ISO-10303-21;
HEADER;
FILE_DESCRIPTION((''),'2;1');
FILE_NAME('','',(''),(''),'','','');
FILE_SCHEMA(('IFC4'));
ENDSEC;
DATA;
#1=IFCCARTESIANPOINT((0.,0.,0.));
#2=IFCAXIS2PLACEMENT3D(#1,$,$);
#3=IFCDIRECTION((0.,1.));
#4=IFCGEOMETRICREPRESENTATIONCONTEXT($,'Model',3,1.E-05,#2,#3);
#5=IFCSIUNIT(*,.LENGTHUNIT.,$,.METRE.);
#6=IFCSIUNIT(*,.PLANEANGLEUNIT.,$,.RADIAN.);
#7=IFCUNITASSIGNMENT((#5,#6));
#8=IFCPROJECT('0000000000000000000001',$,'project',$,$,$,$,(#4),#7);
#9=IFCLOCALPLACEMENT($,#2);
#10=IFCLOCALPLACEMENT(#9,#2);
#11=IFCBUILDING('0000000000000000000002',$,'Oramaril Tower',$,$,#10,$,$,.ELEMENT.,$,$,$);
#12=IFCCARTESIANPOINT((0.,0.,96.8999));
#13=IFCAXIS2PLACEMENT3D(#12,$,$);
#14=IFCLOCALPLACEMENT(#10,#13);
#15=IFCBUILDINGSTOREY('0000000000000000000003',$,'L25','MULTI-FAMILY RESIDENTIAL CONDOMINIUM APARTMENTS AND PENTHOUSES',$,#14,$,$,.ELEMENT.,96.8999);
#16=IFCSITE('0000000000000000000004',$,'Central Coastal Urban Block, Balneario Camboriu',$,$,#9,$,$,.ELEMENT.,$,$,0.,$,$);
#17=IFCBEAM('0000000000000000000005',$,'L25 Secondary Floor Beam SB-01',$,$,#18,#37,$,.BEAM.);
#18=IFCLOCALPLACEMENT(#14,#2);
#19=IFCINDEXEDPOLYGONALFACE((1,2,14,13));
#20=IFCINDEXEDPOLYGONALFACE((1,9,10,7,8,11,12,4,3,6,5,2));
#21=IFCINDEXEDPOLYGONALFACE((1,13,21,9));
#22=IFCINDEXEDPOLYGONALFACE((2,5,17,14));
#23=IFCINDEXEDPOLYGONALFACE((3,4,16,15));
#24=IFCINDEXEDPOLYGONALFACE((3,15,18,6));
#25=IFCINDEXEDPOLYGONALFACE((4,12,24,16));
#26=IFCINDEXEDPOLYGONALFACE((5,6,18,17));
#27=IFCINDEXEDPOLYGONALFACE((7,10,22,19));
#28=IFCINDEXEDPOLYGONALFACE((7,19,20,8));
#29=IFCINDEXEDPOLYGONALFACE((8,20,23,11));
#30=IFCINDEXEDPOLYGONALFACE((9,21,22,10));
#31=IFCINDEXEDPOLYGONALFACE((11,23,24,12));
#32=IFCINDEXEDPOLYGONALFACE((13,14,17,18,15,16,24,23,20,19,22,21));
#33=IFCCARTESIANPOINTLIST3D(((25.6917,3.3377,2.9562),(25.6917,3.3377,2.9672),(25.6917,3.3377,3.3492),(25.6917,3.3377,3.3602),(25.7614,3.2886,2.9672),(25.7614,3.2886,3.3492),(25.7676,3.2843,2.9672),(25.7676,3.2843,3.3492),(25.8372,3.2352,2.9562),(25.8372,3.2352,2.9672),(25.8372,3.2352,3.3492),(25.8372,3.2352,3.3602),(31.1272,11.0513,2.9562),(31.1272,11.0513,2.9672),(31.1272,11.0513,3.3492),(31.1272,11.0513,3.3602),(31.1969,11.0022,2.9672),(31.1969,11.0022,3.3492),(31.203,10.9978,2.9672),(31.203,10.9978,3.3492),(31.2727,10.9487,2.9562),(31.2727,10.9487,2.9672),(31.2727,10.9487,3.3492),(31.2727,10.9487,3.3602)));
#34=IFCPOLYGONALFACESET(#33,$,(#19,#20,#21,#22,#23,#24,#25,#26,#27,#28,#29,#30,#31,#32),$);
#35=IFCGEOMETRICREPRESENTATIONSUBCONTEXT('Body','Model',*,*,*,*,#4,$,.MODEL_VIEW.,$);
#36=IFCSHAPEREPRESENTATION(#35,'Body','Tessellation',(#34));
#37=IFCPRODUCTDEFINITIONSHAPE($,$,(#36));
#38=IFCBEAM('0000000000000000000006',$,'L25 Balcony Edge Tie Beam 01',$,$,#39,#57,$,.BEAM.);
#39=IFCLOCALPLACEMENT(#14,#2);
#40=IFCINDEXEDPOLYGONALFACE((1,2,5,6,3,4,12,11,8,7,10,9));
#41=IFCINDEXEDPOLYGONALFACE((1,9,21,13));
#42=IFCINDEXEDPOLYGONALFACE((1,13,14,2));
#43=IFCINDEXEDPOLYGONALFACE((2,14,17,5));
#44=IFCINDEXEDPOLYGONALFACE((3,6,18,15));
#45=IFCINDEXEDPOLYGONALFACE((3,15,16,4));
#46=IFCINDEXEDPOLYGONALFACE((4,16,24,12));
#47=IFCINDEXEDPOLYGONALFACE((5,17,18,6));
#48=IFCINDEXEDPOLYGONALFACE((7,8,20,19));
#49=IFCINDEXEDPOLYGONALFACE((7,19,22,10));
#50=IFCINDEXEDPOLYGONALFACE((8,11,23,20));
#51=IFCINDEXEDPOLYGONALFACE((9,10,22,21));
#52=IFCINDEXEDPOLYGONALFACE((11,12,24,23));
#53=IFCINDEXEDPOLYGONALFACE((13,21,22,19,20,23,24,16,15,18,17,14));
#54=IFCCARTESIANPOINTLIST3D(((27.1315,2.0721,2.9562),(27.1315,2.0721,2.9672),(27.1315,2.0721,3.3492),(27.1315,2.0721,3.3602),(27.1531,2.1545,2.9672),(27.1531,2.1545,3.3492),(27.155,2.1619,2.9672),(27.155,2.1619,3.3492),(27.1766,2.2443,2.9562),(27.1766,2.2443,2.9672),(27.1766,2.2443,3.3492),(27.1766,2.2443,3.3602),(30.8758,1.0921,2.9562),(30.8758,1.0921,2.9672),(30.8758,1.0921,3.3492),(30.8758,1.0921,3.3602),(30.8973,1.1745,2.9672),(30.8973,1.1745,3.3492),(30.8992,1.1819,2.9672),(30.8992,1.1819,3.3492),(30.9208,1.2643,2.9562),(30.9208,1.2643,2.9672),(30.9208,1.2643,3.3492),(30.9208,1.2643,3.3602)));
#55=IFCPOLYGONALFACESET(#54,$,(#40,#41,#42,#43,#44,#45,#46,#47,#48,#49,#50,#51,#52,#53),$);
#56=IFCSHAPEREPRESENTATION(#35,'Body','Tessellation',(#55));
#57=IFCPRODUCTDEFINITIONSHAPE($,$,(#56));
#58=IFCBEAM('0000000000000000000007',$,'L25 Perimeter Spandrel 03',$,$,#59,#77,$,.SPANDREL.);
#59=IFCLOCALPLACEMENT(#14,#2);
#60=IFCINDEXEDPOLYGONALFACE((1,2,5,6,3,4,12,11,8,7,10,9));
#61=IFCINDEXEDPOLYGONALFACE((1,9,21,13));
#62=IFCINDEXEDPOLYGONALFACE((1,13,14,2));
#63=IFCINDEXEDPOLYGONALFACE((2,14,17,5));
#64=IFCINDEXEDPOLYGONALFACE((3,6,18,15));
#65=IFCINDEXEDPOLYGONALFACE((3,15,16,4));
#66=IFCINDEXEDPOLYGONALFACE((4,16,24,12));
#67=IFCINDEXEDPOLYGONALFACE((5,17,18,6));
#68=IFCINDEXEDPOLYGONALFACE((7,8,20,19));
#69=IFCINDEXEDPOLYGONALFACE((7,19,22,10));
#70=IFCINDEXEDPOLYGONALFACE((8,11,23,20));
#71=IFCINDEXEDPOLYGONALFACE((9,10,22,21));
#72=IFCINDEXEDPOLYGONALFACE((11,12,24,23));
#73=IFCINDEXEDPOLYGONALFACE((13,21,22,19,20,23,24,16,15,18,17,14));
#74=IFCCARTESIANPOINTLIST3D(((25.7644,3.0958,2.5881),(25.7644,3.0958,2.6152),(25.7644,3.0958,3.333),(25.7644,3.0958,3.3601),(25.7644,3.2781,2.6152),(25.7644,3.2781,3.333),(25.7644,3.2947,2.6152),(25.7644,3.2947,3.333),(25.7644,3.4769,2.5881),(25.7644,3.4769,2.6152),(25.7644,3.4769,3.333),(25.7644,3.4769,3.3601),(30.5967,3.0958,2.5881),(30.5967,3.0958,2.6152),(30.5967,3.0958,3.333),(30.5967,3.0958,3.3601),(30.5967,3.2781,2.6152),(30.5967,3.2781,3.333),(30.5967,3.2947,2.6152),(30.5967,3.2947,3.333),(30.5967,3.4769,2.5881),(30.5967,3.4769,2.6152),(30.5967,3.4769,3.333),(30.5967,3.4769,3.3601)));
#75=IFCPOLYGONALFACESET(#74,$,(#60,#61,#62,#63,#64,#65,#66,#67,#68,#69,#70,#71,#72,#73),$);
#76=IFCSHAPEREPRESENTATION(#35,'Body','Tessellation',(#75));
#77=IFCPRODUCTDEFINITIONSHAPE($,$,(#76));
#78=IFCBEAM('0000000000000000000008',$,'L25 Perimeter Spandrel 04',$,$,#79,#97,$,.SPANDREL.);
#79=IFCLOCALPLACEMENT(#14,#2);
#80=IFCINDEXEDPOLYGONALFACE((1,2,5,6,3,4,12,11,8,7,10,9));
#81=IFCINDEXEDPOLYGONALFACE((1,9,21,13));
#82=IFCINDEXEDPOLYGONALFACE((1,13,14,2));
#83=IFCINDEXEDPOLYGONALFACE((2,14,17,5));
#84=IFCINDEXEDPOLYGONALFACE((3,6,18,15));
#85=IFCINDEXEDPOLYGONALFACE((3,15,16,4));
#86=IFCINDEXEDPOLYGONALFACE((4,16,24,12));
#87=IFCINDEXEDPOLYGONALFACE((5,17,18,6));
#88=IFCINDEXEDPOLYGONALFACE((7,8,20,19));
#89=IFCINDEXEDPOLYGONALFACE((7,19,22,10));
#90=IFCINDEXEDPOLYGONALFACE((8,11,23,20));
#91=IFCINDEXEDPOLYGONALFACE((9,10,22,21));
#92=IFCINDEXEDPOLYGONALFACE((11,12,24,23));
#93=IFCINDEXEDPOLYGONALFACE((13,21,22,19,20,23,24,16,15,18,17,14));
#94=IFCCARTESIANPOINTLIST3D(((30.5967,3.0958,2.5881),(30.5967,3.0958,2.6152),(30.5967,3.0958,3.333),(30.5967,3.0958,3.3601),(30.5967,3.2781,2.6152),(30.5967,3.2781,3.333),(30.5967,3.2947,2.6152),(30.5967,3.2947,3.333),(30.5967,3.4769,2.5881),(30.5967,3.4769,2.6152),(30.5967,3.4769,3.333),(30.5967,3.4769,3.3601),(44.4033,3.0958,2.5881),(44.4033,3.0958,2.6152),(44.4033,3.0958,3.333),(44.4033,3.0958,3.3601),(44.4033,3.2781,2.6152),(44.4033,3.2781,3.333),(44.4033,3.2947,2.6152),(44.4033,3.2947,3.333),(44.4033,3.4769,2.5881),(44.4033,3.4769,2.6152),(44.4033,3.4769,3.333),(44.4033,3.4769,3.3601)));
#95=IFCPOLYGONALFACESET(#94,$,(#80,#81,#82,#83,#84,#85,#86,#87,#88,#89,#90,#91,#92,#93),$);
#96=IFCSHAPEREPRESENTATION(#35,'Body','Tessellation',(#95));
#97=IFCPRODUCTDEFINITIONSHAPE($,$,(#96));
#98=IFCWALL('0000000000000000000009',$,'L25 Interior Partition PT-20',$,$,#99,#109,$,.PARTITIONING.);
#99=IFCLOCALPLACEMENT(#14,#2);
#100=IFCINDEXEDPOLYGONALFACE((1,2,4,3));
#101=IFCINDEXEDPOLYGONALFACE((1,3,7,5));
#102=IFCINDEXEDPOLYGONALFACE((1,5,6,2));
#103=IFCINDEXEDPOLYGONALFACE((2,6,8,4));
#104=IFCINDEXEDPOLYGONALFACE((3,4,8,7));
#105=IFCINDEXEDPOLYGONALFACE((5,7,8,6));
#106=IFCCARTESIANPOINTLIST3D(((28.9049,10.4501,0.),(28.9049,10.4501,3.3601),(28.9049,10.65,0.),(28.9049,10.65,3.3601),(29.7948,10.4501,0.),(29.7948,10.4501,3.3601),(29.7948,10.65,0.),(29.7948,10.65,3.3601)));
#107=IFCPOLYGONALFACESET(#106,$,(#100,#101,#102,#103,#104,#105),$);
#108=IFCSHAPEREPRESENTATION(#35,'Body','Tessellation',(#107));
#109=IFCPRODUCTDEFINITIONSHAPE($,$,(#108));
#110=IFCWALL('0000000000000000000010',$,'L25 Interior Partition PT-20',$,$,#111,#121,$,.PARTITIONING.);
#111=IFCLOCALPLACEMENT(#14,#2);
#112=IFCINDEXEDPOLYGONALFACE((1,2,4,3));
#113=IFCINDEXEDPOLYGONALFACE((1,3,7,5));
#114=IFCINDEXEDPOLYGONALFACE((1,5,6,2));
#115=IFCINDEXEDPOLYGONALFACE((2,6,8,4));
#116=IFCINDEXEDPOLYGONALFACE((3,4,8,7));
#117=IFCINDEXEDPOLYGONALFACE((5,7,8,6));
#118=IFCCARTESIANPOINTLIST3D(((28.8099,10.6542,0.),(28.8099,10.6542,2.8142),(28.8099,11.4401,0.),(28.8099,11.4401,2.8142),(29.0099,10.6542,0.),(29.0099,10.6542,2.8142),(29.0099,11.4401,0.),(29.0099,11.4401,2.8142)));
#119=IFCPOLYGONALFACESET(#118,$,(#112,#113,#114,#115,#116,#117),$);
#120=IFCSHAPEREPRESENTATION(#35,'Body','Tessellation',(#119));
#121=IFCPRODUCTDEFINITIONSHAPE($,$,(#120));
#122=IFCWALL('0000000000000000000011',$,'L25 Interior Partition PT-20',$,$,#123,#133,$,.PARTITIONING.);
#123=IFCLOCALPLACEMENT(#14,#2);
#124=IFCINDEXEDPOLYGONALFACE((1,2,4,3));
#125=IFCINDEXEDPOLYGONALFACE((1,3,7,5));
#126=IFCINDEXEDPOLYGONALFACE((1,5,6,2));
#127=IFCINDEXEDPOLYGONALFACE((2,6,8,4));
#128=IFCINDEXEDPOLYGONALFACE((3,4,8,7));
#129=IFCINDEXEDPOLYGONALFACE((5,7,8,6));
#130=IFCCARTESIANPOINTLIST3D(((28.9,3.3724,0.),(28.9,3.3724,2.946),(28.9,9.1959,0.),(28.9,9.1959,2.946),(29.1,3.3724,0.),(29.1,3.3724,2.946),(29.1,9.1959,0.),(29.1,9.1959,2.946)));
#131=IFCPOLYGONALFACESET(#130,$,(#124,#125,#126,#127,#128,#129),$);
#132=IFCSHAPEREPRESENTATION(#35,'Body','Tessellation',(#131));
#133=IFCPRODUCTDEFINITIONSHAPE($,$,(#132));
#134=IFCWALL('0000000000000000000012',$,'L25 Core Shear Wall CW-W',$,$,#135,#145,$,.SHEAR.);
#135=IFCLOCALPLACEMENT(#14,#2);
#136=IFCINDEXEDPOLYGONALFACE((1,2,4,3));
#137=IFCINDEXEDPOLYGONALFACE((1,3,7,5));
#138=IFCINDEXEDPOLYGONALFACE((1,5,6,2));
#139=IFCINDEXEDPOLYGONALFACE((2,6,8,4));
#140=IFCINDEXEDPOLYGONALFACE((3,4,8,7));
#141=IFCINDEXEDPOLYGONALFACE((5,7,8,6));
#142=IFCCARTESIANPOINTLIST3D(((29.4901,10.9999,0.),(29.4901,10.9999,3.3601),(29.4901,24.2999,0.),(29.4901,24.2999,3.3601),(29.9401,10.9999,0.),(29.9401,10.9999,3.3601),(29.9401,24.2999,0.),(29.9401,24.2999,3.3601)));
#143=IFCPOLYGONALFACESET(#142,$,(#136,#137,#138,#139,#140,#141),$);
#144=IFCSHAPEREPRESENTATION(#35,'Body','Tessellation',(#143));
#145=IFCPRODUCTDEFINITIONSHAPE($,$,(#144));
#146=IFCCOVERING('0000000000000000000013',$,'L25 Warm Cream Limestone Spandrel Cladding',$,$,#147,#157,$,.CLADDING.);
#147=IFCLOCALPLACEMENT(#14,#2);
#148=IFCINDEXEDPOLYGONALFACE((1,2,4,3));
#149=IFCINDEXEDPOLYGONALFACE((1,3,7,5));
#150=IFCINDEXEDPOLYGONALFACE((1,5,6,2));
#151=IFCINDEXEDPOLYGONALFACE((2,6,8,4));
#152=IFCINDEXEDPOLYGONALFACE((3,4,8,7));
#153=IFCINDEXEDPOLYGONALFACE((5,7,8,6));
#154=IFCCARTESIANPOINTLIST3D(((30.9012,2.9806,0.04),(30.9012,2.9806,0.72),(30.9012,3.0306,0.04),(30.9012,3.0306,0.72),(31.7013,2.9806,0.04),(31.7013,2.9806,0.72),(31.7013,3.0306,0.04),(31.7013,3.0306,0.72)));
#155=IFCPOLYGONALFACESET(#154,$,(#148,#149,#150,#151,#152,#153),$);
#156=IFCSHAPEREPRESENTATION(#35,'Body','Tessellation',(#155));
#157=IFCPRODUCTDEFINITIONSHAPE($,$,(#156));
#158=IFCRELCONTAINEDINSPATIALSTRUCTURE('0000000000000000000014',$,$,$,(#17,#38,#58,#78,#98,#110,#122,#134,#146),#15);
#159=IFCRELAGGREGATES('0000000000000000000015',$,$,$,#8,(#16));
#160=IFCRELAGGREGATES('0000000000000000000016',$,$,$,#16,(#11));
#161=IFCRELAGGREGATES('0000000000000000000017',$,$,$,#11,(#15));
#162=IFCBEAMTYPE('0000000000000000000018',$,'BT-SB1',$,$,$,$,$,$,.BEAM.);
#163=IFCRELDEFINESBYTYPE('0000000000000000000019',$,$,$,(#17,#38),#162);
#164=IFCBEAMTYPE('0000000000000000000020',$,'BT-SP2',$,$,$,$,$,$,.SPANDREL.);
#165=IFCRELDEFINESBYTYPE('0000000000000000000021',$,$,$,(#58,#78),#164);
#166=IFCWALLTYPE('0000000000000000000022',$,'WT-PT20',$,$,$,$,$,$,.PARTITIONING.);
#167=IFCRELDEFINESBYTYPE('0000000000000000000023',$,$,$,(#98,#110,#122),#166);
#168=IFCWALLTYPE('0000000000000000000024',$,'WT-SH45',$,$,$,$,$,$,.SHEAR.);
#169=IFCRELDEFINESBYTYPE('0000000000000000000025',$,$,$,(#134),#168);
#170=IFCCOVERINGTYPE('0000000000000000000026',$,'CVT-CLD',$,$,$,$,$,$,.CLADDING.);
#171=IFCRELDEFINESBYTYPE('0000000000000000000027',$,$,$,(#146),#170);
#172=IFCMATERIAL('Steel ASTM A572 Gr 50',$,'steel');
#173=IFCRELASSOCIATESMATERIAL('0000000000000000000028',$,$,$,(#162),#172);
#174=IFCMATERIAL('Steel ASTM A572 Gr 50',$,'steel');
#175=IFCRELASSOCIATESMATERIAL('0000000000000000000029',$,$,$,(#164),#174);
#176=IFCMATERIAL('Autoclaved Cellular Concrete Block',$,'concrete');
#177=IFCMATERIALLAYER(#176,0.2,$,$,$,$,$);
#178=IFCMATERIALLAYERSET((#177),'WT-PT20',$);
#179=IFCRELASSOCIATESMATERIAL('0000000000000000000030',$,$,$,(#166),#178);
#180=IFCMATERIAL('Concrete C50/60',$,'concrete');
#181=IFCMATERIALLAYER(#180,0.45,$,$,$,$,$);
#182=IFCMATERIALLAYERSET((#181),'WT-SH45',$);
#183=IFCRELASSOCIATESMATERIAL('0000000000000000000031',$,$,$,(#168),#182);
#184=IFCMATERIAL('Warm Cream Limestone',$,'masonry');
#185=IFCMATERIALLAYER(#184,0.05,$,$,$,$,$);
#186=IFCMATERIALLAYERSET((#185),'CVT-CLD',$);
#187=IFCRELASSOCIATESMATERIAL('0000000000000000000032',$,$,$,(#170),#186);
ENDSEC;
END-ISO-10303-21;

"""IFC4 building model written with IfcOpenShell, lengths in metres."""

from ifc_helpers import new_model, si_unit, direction, frame, frame_2d, origin, origin_2d, place, context, subcontext, project, spatial, rectangle, i_section, extrude, material, layer, layer_set, material_profile, profile_set, type_object, element, save


model = new_model("IFC4")

# Units and contexts
model_context = context("Model", 3, precision=1e-05, world=origin(), true_north=direction((0.0, 1.0)))
body_context = subcontext(model_context, "Body", "Model", "MODEL_VIEW")
ifc_project = project(units=[si_unit("LENGTHUNIT", "METRE"), si_unit("PLANEANGLEUNIT", "RADIAN")], contexts=[model_context])

# Site, building, storey
site_placement = place(None, origin())
site = spatial("IfcSite", under=ifc_project, at=site_placement, Name="Central Coastal Urban Block, Balneario Camboriu", CompositionType="ELEMENT", RefElevation=0.0)
building_placement = place(site_placement, origin())
building = spatial("IfcBuilding", under=site, at=building_placement, Name="Oramaril Tower", CompositionType="ELEMENT")
storey_placement = place(building_placement, frame((0.0, 0.0, 96.8999)))
storey = spatial("IfcBuildingStorey", under=building, at=storey_placement, Name="L25", Description="MULTI-FAMILY RESIDENTIAL CONDOMINIUM APARTMENTS AND PENTHOUSES", CompositionType="ELEMENT", Elevation=96.8999)

# Beams
ifc_material_1 = material(Name="Steel ASTM A572 Gr 50", Category="steel")
ifc_material_profile_1 = material_profile(ifc_material_1, i_section(OverallWidth=0.178, OverallDepth=0.4041, WebThickness=0.0076, FlangeThickness=0.011, at=origin_2d()), Name="W16X36")
ifc_profile_set_1 = profile_set([ifc_material_profile_1], Name="Steel ASTM A572 Gr 50")
beam_type_1 = type_object("IfcBeamType", Name="BT-SB1", PredefinedType="BEAM", material=ifc_profile_set_1)
beam_1_placement = place(storey_placement, frame((31.2, 11.0, 3.1582), z_axis=(-0.576021, -0.817435, 0.0), x_axis=(0.817435, -0.576021, 0.0)))
element("IfcBeam", 1, at=beam_1_placement, inside=storey, type_object=beam_type_1, Name="L25 Secondary Floor Beam SB-01", PredefinedType="BEAM", context=body_context, shape_type="SweptSolid", body=[
    extrude(i_section(OverallWidth=0.178, OverallDepth=0.4041, WebThickness=0.0076, FlangeThickness=0.011, at=origin_2d()), origin(), (0.0, 0.0, 1.0), 9.4363),
])
beam_2_placement = place(storey_placement, frame((27.1541, 2.1582, 3.1582), z_axis=(0.967412, -0.253208, 0.0), x_axis=(0.253208, 0.967412, 0.0)))
element("IfcBeam", 2, at=beam_2_placement, inside=storey, type_object=beam_type_1, Name="L25 Balcony Edge Tie Beam 01", PredefinedType="BEAM", context=body_context, shape_type="SweptSolid", body=[
    extrude(i_section(OverallWidth=0.178, OverallDepth=0.4041, WebThickness=0.0076, FlangeThickness=0.011, at=origin_2d()), origin(), (0.0, 0.0, 1.0), 3.8704),
])
ifc_material_2 = material(Name="Steel ASTM A572 Gr 50", Category="steel")
ifc_material_profile_2 = material_profile(ifc_material_2, i_section(OverallWidth=0.3811, OverallDepth=0.772, WebThickness=0.0166, FlangeThickness=0.0271, at=origin_2d()), Name="W30X173")
ifc_profile_set_2 = profile_set([ifc_material_profile_2], Name="Steel ASTM A572 Gr 50")
beam_type_2 = type_object("IfcBeamType", Name="BT-SP2", PredefinedType="SPANDREL", material=ifc_profile_set_2)
beam_3_placement = place(storey_placement, frame((25.7644, 3.2864, 2.9741), z_axis=(1.0, 0.0, 0.0), x_axis=(0.0, 1.0, 0.0)))
element("IfcBeam", 3, at=beam_3_placement, inside=storey, type_object=beam_type_2, Name="L25 Perimeter Spandrel 03", PredefinedType="SPANDREL", context=body_context, shape_type="SweptSolid", body=[
    extrude(i_section(OverallWidth=0.3811, OverallDepth=0.772, WebThickness=0.0166, FlangeThickness=0.0271, at=origin_2d()), origin(), (0.0, 0.0, 1.0), 4.8323),
])
beam_4_placement = place(storey_placement, frame((30.5967, 3.2864, 2.9741), z_axis=(1.0, 0.0, 0.0), x_axis=(0.0, 1.0, 0.0)))
element("IfcBeam", 4, at=beam_4_placement, inside=storey, type_object=beam_type_2, Name="L25 Perimeter Spandrel 04", PredefinedType="SPANDREL", context=body_context, shape_type="SweptSolid", body=[
    extrude(i_section(OverallWidth=0.3811, OverallDepth=0.772, WebThickness=0.0166, FlangeThickness=0.0271, at=origin_2d()), origin(), (0.0, 0.0, 1.0), 13.8066),
])

# Walls
ifc_material_3 = material(Name="Autoclaved Cellular Concrete Block", Category="concrete")
ifc_layer_1 = layer(ifc_material_3, 0.2)
ifc_layer_set_1 = layer_set([ifc_layer_1], Name="WT-PT20")
wall_type_1 = type_object("IfcWallType", Name="WT-PT20", PredefinedType="PARTITIONING", material=ifc_layer_set_1)
wall_1_placement = place(storey_placement, frame((28.905, 10.55, 0.0), z_axis=(0.0, 0.0, 1.0), x_axis=(1.0, 0.0, 0.0)))
element("IfcWall", 5, at=wall_1_placement, inside=storey, type_object=wall_type_1, Name="L25 Interior Partition PT-20", PredefinedType="PARTITIONING", context=body_context, shape_type="SweptSolid", body=[
    extrude(rectangle(XDim=0.8899, YDim=0.2, at=frame_2d((0.4448, 0.0))), origin(), (0.0, 0.0, 1.0), 3.3601),
])
wall_2_placement = place(storey_placement, frame((28.9099, 10.6541, 0.0), z_axis=(0.0, 0.0, 1.0), x_axis=(0.0, 1.0, 0.0)))
element("IfcWall", 6, at=wall_2_placement, inside=storey, type_object=wall_type_1, Name="L25 Interior Partition PT-20", PredefinedType="PARTITIONING", context=body_context, shape_type="SweptSolid", body=[
    extrude(rectangle(XDim=0.7859, YDim=0.2, at=frame_2d((0.3931, 0.0))), origin(), (0.0, 0.0, 1.0), 2.8142),
])
wall_3_placement = place(storey_placement, frame((29.0, 3.3726, 0.0), z_axis=(0.0, 0.0, 1.0), x_axis=(0.0, 1.0, 0.0)))
element("IfcWall", 7, at=wall_3_placement, inside=storey, type_object=wall_type_1, Name="L25 Interior Partition PT-20", PredefinedType="PARTITIONING", context=body_context, shape_type="SweptSolid", body=[
    extrude(rectangle(XDim=5.8235, YDim=0.2, at=frame_2d((2.9116, 0.0))), origin(), (0.0, 0.0, 1.0), 2.946),
])
ifc_material_4 = material(Name="Concrete C50/60", Category="concrete")
ifc_layer_2 = layer(ifc_material_4, 0.45)
ifc_layer_set_2 = layer_set([ifc_layer_2], Name="WT-SH45")
wall_type_2 = type_object("IfcWallType", Name="WT-SH45", PredefinedType="SHEAR", material=ifc_layer_set_2)
wall_4_placement = place(storey_placement, frame((29.7151, 11.0, 0.0), z_axis=(0.0, 0.0, 1.0), x_axis=(0.0, 1.0, 0.0)))
element("IfcWall", 8, at=wall_4_placement, inside=storey, type_object=wall_type_2, Name="L25 Core Shear Wall CW-W", PredefinedType="SHEAR", context=body_context, shape_type="SweptSolid", body=[
    extrude(rectangle(XDim=13.3, YDim=0.45, at=frame_2d((6.6499, 0.0))), origin(), (0.0, 0.0, 1.0), 3.3601),
])

# Covering
ifc_material_5 = material(Name="Warm Cream Limestone", Category="masonry")
ifc_layer_3 = layer(ifc_material_5, 0.05)
ifc_layer_set_3 = layer_set([ifc_layer_3], Name="CVT-CLD")
covering_type = type_object("IfcCoveringType", Name="CVT-CLD", PredefinedType="CLADDING", material=ifc_layer_set_3)
covering_placement = place(storey_placement, frame((31.3013, 3.0056, 0.04), z_axis=(0.0, 0.0, 1.0), x_axis=(1.0, 0.0, 0.0)))
element("IfcCovering", 9, at=covering_placement, inside=storey, type_object=covering_type, Name="L25 Warm Cream Limestone Spandrel Cladding", PredefinedType="CLADDING", context=body_context, shape_type="SweptSolid", body=[
    extrude(rectangle(XDim=0.8, YDim=0.05, at=origin_2d()), origin(), (0.0, 0.0, 1.0), 0.6799),
])

save(model, "model.ifc")
